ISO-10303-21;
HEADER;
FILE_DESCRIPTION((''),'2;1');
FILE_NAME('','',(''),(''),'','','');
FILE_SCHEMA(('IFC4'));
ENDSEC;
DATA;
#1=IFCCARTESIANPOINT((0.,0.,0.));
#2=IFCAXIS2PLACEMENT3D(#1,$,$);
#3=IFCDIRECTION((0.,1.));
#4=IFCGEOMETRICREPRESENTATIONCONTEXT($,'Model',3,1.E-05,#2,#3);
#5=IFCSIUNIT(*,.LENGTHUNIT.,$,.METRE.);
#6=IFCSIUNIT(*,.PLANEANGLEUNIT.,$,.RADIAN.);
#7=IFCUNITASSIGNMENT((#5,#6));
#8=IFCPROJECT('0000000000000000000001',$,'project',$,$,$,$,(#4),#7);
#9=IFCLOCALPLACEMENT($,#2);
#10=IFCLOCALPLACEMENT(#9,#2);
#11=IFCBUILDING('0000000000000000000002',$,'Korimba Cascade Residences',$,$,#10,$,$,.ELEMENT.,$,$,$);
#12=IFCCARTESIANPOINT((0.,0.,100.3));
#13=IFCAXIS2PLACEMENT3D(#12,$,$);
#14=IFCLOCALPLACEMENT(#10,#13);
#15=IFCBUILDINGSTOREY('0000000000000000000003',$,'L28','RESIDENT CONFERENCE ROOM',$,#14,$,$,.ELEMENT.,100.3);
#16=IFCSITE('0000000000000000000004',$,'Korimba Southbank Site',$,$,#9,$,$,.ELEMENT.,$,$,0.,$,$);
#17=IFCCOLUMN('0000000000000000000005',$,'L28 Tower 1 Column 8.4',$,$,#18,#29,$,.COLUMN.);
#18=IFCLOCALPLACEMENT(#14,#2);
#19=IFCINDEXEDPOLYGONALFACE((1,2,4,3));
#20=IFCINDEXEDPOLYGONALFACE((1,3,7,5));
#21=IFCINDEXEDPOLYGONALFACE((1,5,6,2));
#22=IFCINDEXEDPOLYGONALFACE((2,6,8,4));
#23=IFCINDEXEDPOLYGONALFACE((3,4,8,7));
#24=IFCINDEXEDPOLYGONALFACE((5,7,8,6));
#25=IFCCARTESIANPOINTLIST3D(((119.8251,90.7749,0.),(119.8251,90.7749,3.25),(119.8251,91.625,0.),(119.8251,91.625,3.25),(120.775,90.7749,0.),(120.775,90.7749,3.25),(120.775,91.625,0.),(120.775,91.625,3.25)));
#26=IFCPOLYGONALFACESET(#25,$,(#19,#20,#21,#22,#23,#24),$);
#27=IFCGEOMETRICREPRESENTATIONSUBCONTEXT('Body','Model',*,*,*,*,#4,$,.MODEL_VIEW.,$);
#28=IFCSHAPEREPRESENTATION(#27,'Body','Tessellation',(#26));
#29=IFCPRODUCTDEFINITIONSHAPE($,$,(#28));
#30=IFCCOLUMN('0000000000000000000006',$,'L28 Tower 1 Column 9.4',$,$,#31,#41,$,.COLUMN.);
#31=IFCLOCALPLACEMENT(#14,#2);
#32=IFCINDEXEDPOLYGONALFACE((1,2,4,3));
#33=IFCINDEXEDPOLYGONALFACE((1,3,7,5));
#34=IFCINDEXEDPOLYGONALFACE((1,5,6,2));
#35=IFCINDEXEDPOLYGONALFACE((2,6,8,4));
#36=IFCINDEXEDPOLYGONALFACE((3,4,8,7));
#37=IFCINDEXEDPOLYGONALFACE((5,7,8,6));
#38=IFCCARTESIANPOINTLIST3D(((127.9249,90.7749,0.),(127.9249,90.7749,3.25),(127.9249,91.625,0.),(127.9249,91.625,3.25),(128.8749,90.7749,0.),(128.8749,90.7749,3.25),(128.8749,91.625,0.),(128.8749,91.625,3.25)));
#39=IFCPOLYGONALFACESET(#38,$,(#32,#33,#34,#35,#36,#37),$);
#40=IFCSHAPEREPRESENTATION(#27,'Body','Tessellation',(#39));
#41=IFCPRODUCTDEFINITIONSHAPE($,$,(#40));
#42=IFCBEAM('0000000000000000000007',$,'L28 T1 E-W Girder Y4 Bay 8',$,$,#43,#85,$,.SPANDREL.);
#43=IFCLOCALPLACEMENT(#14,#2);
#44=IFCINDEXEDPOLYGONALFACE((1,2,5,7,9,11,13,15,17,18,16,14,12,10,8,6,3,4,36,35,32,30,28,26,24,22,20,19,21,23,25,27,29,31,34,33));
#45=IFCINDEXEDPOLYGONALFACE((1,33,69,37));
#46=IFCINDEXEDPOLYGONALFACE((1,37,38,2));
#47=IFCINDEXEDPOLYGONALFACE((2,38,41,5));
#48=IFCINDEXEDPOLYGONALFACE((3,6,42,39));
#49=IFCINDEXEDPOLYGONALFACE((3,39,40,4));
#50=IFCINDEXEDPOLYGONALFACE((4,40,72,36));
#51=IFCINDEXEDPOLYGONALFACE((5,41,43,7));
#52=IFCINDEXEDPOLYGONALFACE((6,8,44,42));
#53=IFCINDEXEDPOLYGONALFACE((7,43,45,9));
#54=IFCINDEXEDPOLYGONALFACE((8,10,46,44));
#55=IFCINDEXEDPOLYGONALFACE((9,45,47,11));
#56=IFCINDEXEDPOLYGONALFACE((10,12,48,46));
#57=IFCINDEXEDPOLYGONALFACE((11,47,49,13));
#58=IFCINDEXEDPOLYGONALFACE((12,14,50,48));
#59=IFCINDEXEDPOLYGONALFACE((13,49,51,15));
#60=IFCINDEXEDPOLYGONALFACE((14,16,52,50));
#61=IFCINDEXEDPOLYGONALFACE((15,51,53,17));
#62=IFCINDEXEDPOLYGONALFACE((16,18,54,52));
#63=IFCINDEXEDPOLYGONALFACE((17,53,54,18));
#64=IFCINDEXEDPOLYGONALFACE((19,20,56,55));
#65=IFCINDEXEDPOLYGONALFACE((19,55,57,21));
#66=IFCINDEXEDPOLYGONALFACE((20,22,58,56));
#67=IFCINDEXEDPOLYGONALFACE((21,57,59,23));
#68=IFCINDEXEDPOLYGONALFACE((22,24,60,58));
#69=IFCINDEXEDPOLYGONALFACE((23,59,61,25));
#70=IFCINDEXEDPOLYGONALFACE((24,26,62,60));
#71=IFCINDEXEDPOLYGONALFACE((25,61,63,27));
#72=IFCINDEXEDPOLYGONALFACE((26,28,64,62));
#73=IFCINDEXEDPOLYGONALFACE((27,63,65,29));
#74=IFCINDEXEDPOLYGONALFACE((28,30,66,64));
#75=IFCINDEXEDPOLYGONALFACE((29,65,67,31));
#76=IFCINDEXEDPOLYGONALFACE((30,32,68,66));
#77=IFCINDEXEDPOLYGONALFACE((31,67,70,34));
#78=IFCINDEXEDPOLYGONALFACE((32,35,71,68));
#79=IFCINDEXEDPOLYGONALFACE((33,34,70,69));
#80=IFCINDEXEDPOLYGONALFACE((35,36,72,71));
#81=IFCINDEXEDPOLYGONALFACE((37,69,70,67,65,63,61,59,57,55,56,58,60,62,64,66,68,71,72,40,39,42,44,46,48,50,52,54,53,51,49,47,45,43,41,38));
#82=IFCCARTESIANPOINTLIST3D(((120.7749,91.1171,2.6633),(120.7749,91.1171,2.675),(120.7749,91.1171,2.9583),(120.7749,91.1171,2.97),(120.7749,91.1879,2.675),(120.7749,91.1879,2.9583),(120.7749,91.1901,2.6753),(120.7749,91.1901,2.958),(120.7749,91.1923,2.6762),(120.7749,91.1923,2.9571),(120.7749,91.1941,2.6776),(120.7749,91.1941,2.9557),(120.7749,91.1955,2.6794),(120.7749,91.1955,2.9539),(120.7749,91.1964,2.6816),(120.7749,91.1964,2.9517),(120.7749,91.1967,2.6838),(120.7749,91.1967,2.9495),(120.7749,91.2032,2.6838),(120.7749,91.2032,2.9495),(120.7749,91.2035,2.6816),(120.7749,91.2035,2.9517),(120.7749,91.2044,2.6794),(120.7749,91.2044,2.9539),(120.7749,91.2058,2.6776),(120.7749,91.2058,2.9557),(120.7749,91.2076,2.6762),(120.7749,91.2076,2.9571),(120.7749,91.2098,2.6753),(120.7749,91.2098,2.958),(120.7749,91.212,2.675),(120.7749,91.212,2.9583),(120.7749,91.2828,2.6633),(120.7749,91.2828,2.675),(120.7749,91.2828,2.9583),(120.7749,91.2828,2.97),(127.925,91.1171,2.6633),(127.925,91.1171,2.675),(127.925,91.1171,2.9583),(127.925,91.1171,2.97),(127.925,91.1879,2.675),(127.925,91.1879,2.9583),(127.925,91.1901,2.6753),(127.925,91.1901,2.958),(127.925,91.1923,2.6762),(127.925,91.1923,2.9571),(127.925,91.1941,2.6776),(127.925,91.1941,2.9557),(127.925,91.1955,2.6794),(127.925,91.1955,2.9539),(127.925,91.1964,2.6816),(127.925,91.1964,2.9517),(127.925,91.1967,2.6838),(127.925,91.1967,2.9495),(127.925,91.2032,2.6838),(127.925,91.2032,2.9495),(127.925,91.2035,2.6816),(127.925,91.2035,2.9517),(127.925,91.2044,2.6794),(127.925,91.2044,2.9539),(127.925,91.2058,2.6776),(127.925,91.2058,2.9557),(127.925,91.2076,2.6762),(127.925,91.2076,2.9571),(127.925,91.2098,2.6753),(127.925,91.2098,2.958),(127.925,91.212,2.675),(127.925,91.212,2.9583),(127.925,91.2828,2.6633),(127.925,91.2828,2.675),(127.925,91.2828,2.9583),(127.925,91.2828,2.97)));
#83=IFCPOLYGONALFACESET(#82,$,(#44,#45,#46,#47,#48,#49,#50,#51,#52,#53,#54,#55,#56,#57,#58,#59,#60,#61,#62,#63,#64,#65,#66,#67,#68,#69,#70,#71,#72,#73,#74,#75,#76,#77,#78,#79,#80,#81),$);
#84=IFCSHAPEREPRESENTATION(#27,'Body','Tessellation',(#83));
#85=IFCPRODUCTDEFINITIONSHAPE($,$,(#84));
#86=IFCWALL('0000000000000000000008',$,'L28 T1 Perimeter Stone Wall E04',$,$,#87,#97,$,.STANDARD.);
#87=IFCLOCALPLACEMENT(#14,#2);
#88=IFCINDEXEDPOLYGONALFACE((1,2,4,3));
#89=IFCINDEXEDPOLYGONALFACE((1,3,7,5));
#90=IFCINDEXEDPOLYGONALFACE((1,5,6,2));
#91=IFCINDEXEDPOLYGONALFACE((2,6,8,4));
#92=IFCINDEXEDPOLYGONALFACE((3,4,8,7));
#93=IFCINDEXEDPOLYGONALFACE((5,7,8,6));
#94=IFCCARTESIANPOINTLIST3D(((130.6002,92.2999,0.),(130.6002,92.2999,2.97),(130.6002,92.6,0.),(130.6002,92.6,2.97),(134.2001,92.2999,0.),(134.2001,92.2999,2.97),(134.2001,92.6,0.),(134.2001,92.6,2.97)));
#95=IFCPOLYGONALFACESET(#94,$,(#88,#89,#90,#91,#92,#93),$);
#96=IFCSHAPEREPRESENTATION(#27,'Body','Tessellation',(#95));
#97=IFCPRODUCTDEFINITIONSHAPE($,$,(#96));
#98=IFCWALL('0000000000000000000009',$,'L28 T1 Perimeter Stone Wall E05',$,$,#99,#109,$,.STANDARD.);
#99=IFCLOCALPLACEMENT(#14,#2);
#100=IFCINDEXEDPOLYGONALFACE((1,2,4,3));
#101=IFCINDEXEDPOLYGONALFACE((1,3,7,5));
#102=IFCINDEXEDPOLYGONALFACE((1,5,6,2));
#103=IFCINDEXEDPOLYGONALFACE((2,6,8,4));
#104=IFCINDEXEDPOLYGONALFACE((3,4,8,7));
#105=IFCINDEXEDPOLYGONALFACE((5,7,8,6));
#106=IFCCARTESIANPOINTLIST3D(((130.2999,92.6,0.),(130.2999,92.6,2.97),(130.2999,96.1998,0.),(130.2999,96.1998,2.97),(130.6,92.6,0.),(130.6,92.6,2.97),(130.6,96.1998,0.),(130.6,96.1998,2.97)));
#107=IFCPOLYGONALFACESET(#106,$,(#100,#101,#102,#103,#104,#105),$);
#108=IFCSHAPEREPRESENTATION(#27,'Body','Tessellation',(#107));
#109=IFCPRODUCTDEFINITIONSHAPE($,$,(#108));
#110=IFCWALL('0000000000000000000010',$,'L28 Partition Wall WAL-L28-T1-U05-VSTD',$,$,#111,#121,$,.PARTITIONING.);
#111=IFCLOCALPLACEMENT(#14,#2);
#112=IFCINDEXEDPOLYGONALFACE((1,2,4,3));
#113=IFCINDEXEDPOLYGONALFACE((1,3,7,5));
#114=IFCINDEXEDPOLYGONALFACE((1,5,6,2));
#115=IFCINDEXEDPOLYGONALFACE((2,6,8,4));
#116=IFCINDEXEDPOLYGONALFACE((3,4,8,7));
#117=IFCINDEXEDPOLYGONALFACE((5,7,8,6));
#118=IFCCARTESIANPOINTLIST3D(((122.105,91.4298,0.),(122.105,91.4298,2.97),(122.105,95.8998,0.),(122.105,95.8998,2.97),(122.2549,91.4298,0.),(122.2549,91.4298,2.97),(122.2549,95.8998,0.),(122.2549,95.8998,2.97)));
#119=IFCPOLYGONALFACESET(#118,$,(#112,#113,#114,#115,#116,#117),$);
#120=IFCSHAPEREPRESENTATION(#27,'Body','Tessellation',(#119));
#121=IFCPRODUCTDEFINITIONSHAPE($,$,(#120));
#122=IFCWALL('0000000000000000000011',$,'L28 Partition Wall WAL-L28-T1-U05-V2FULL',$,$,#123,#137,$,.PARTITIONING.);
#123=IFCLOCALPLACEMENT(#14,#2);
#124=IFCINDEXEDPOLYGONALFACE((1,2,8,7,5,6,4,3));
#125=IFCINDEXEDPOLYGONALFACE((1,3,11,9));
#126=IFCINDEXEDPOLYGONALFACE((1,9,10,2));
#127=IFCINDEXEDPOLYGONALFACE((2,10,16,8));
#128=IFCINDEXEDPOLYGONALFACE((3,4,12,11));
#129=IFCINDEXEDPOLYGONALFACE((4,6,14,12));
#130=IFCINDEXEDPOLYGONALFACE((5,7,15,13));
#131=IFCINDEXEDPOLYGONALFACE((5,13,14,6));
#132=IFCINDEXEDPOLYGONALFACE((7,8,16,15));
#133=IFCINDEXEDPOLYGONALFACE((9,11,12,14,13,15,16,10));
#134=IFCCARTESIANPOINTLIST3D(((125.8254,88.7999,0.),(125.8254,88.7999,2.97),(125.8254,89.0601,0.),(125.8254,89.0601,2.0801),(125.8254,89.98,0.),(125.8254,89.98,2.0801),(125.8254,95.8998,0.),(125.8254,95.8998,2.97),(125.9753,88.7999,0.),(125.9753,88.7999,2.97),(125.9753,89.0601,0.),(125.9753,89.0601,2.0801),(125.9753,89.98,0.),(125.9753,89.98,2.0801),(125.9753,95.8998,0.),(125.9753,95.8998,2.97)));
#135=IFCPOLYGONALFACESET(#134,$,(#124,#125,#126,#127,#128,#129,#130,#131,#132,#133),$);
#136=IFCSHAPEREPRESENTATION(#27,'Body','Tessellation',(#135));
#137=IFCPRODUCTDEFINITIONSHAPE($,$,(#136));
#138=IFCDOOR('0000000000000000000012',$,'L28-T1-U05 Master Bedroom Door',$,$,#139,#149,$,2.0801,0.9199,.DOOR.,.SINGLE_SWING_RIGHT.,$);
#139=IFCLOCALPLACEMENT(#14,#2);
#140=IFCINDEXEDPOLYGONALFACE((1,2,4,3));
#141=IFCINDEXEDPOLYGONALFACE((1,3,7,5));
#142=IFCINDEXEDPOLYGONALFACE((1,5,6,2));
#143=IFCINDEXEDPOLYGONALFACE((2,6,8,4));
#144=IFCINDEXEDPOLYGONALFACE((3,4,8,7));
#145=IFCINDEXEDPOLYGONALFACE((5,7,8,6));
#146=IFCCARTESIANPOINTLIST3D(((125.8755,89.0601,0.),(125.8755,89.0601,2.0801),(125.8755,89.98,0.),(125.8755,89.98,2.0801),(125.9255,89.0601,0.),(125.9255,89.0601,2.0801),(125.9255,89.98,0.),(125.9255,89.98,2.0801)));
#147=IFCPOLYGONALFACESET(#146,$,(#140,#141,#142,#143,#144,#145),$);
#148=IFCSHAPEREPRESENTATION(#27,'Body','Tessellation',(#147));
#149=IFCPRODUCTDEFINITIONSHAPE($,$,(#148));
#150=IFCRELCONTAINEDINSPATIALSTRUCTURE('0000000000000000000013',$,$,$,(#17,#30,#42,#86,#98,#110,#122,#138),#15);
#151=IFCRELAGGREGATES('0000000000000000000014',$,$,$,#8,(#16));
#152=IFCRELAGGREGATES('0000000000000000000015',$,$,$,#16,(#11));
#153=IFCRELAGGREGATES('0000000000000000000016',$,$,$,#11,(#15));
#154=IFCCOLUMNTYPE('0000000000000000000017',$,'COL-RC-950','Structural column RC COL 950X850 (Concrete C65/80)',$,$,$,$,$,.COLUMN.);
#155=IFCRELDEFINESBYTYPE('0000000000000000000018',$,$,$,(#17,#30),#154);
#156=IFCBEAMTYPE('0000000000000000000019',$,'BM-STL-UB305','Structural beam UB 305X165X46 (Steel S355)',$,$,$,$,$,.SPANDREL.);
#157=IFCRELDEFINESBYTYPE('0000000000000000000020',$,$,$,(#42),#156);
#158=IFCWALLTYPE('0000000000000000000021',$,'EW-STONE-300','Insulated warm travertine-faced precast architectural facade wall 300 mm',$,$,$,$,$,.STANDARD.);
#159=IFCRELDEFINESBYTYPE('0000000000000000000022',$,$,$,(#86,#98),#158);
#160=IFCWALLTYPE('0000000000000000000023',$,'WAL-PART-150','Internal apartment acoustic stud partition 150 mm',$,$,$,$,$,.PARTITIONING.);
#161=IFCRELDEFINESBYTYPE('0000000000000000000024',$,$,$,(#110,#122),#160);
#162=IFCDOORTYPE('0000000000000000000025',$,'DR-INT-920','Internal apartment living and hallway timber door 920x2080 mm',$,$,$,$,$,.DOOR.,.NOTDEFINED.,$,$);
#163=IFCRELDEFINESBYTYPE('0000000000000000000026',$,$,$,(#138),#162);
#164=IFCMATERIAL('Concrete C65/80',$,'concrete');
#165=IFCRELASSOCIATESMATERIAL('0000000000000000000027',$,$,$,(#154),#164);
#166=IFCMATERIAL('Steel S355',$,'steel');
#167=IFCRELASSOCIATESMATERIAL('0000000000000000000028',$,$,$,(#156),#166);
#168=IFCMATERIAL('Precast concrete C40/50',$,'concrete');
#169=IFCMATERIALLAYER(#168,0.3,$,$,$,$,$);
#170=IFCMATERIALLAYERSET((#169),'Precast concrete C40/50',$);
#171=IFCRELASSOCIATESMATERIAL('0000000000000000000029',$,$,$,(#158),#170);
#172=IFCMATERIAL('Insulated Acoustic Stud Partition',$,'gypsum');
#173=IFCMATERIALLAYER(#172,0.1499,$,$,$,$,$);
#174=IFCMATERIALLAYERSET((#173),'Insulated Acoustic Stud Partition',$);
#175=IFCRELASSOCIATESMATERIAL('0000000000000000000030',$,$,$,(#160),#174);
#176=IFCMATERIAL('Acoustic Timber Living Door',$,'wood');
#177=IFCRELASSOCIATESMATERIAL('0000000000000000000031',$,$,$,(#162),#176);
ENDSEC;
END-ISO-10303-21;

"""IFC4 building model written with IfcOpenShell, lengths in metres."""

from ifc_helpers import new_model, si_unit, direction, frame, frame_2d, origin, origin_2d, place, context, subcontext, project, spatial, rectangle, i_section, extrude, material, layer, layer_set, material_profile, profile_set, type_object, element, fill, save


model = new_model("IFC4")

# Units and contexts
model_context = context("Model", 3, precision=1e-05, world=origin(), true_north=direction((0.0, 1.0)))
body_context = subcontext(model_context, "Body", "Model", "MODEL_VIEW")
ifc_project = project(units=[si_unit("LENGTHUNIT", "METRE"), si_unit("PLANEANGLEUNIT", "RADIAN")], contexts=[model_context])

# Site, building, storey
site_placement = place(None, origin())
site = spatial("IfcSite", under=ifc_project, at=site_placement, Name="Korimba Southbank Site", CompositionType="ELEMENT", RefElevation=0.0)
building_placement = place(site_placement, origin())
building = spatial("IfcBuilding", under=site, at=building_placement, Name="Korimba Cascade Residences", CompositionType="ELEMENT")
storey_placement = place(building_placement, frame((0.0, 0.0, 100.3)))
storey = spatial("IfcBuildingStorey", under=building, at=storey_placement, Name="L28", Description="RESIDENT CONFERENCE ROOM", CompositionType="ELEMENT", Elevation=100.3)

# Columns
ifc_material_1 = material(Name="Concrete C65/80", Category="concrete")
ifc_material_profile_1 = material_profile(ifc_material_1, rectangle(XDim=0.95, YDim=0.8501, at=origin_2d()), Name="Concrete C65/80")
ifc_profile_set_1 = profile_set([ifc_material_profile_1], Name="Concrete C65/80")
column_type = type_object("IfcColumnType", Name="COL-RC-950", Description="Structural column RC COL 950X850 (Concrete C65/80)", PredefinedType="COLUMN", material=ifc_profile_set_1)
for number, where, z_axis, x_axis, name in (
    (1, (120.3, 91.2, 0.0), (0.0, 0.0, 1.0), (1.0, 0.0, 0.0), "L28 Tower 1 Column 8.4"),
    (2, (128.3999, 91.2, 0.0), (0.0, 0.0, 1.0), (1.0, 0.0, 0.0), "L28 Tower 1 Column 9.4"),
):
    element("IfcColumn", number, at=place(storey_placement, frame(where, z_axis=z_axis, x_axis=x_axis)), inside=storey, type_object=column_type, Name=name, PredefinedType="COLUMN", context=body_context, shape_type="SweptSolid", body=[
        extrude(rectangle(XDim=0.95, YDim=0.8501, at=origin_2d()), origin(), (0.0, 0.0, 1.0), 3.25),
    ])

# Beam
ifc_material_2 = material(Name="Steel S355", Category="steel")
ifc_material_profile_2 = material_profile(ifc_material_2, i_section(OverallWidth=0.1658, OverallDepth=0.3066, WebThickness=0.0066, FlangeThickness=0.0117, FilletRadius=0.0088, at=origin_2d()), Name="Steel S355")
ifc_profile_set_2 = profile_set([ifc_material_profile_2], Name="Steel S355")
beam_type = type_object("IfcBeamType", Name="BM-STL-UB305", Description="Structural beam UB 305X165X46 (Steel S355)", PredefinedType="SPANDREL", material=ifc_profile_set_2)
beam_placement = place(storey_placement, frame((120.7749, 91.2, 2.8167), z_axis=(1.0, 0.0, 0.0), x_axis=(0.0, 1.0, 0.0)))
element("IfcBeam", 3, at=beam_placement, inside=storey, type_object=beam_type, Name="L28 T1 E-W Girder Y4 Bay 8", PredefinedType="SPANDREL", context=body_context, shape_type="SweptSolid", body=[
    extrude(i_section(OverallWidth=0.1658, OverallDepth=0.3066, WebThickness=0.0066, FlangeThickness=0.0117, FilletRadius=0.0088, at=origin_2d()), origin(), (0.0, 0.0, 1.0), 7.1501),
])

# Shared definitions
ifc_material_3 = material(Name="Precast concrete C40/50", Category="concrete")

# Walls
ifc_layer_1 = layer(ifc_material_3, 0.3)
ifc_layer_set_1 = layer_set([ifc_layer_1], Name="Precast concrete C40/50")
wall_type_1 = type_object("IfcWallType", Name="EW-STONE-300", Description="Insulated warm travertine-faced precast architectural facade wall 300 mm", PredefinedType="STANDARD", material=ifc_layer_set_1)
for number, where, z_axis, x_axis, name in (
    (4, (134.2, 92.45, 0.0), (0.0, 0.0, 1.0), (-1.0, 0.0, 0.0), "L28 T1 Perimeter Stone Wall E04"),
    (5, (130.45, 92.6001, 0.0), (0.0, 0.0, 1.0), (0.0, 1.0, 0.0), "L28 T1 Perimeter Stone Wall E05"),
):
    element("IfcWall", number, at=place(storey_placement, frame(where, z_axis=z_axis, x_axis=x_axis)), inside=storey, type_object=wall_type_1, Name=name, PredefinedType="STANDARD", context=body_context, shape_type="SweptSolid", body=[
        extrude(rectangle(XDim=3.5999, YDim=0.3, at=frame_2d((1.7998, 0.0))), origin(), (0.0, 0.0, 1.0), 2.97),
    ])
ifc_material_4 = material(Name="Insulated Acoustic Stud Partition", Category="gypsum")
ifc_layer_2 = layer(ifc_material_4, 0.1499)
ifc_layer_set_2 = layer_set([ifc_layer_2], Name="Insulated Acoustic Stud Partition")
wall_type_2 = type_object("IfcWallType", Name="WAL-PART-150", Description="Internal apartment acoustic stud partition 150 mm", PredefinedType="PARTITIONING", material=ifc_layer_set_2)
wall_1_placement = place(storey_placement, frame((122.1799, 91.4299, 0.0), z_axis=(0.0, 0.0, 1.0), x_axis=(0.0, 1.0, 0.0)))
element("IfcWall", 6, at=wall_1_placement, inside=storey, type_object=wall_type_2, Name="L28 Partition Wall WAL-L28-T1-U05-VSTD", PredefinedType="PARTITIONING", context=body_context, shape_type="SweptSolid", body=[
    extrude(rectangle(XDim=4.47, YDim=0.1499, at=frame_2d((2.2349, 0.0))), origin(), (0.0, 0.0, 1.0), 2.97),
])

# Wall, opening, door
wall_2_placement = place(storey_placement, frame((125.9004, 88.8, 0.0), z_axis=(0.0, 0.0, 1.0), x_axis=(0.0, 1.0, 0.0)))
wall_2 = element("IfcWall", 7, at=wall_2_placement, inside=storey, type_object=wall_type_2, Name="L28 Partition Wall WAL-L28-T1-U05-V2FULL", PredefinedType="PARTITIONING", context=body_context, shape_type="SweptSolid", body=[
    extrude(rectangle(XDim=7.0999, YDim=0.1499, at=frame_2d((3.5498, 0.0))), origin(), (0.0, 0.0, 1.0), 2.97),
])
opening_1_placement = place(wall_2_placement, frame((0.26, 0.0, 0.0)))
opening_1 = element("IfcOpeningElement", 8, at=opening_1_placement, cuts=wall_2, PredefinedType="OPENING", context=body_context, shape_type="SweptSolid", body=[
    extrude(rectangle(XDim=0.9199, YDim=2.0801, at=frame_2d((0.46, 1.04))), frame((0.0, 0.085, 0.0), z_axis=(0.0, -1.0, 0.0), x_axis=(1.0, 0.0, 0.0)), (0.0, 0.0, 1.0), 0.1699),
])
ifc_material_5 = material(Name="Acoustic Timber Living Door", Category="wood")
door_type_1 = type_object("IfcDoorType", Name="DR-INT-920", Description="Internal apartment living and hallway timber door 920x2080 mm", OperationType="NOTDEFINED", PredefinedType="DOOR", material=ifc_material_5)
door_1_placement = place(opening_1_placement, origin())
door_1 = element("IfcDoor", 9, at=door_1_placement, inside=storey, type_object=door_type_1, Name="L28-T1-U05 Master Bedroom Door", OperationType="SINGLE_SWING_RIGHT", OverallHeight=2.0801, OverallWidth=0.9199, PredefinedType="DOOR", context=body_context, shape_type="SweptSolid", body=[
    extrude(rectangle(XDim=0.9199, YDim=2.0801, at=frame_2d((0.46, 1.04))), frame((0.0, 0.0249, 0.0), z_axis=(0.0, -1.0, 0.0), x_axis=(1.0, 0.0, 0.0)), (0.0, 0.0, 1.0), 0.05),
])
fill(opening_1, door_1)

save(model, "model.ifc")
